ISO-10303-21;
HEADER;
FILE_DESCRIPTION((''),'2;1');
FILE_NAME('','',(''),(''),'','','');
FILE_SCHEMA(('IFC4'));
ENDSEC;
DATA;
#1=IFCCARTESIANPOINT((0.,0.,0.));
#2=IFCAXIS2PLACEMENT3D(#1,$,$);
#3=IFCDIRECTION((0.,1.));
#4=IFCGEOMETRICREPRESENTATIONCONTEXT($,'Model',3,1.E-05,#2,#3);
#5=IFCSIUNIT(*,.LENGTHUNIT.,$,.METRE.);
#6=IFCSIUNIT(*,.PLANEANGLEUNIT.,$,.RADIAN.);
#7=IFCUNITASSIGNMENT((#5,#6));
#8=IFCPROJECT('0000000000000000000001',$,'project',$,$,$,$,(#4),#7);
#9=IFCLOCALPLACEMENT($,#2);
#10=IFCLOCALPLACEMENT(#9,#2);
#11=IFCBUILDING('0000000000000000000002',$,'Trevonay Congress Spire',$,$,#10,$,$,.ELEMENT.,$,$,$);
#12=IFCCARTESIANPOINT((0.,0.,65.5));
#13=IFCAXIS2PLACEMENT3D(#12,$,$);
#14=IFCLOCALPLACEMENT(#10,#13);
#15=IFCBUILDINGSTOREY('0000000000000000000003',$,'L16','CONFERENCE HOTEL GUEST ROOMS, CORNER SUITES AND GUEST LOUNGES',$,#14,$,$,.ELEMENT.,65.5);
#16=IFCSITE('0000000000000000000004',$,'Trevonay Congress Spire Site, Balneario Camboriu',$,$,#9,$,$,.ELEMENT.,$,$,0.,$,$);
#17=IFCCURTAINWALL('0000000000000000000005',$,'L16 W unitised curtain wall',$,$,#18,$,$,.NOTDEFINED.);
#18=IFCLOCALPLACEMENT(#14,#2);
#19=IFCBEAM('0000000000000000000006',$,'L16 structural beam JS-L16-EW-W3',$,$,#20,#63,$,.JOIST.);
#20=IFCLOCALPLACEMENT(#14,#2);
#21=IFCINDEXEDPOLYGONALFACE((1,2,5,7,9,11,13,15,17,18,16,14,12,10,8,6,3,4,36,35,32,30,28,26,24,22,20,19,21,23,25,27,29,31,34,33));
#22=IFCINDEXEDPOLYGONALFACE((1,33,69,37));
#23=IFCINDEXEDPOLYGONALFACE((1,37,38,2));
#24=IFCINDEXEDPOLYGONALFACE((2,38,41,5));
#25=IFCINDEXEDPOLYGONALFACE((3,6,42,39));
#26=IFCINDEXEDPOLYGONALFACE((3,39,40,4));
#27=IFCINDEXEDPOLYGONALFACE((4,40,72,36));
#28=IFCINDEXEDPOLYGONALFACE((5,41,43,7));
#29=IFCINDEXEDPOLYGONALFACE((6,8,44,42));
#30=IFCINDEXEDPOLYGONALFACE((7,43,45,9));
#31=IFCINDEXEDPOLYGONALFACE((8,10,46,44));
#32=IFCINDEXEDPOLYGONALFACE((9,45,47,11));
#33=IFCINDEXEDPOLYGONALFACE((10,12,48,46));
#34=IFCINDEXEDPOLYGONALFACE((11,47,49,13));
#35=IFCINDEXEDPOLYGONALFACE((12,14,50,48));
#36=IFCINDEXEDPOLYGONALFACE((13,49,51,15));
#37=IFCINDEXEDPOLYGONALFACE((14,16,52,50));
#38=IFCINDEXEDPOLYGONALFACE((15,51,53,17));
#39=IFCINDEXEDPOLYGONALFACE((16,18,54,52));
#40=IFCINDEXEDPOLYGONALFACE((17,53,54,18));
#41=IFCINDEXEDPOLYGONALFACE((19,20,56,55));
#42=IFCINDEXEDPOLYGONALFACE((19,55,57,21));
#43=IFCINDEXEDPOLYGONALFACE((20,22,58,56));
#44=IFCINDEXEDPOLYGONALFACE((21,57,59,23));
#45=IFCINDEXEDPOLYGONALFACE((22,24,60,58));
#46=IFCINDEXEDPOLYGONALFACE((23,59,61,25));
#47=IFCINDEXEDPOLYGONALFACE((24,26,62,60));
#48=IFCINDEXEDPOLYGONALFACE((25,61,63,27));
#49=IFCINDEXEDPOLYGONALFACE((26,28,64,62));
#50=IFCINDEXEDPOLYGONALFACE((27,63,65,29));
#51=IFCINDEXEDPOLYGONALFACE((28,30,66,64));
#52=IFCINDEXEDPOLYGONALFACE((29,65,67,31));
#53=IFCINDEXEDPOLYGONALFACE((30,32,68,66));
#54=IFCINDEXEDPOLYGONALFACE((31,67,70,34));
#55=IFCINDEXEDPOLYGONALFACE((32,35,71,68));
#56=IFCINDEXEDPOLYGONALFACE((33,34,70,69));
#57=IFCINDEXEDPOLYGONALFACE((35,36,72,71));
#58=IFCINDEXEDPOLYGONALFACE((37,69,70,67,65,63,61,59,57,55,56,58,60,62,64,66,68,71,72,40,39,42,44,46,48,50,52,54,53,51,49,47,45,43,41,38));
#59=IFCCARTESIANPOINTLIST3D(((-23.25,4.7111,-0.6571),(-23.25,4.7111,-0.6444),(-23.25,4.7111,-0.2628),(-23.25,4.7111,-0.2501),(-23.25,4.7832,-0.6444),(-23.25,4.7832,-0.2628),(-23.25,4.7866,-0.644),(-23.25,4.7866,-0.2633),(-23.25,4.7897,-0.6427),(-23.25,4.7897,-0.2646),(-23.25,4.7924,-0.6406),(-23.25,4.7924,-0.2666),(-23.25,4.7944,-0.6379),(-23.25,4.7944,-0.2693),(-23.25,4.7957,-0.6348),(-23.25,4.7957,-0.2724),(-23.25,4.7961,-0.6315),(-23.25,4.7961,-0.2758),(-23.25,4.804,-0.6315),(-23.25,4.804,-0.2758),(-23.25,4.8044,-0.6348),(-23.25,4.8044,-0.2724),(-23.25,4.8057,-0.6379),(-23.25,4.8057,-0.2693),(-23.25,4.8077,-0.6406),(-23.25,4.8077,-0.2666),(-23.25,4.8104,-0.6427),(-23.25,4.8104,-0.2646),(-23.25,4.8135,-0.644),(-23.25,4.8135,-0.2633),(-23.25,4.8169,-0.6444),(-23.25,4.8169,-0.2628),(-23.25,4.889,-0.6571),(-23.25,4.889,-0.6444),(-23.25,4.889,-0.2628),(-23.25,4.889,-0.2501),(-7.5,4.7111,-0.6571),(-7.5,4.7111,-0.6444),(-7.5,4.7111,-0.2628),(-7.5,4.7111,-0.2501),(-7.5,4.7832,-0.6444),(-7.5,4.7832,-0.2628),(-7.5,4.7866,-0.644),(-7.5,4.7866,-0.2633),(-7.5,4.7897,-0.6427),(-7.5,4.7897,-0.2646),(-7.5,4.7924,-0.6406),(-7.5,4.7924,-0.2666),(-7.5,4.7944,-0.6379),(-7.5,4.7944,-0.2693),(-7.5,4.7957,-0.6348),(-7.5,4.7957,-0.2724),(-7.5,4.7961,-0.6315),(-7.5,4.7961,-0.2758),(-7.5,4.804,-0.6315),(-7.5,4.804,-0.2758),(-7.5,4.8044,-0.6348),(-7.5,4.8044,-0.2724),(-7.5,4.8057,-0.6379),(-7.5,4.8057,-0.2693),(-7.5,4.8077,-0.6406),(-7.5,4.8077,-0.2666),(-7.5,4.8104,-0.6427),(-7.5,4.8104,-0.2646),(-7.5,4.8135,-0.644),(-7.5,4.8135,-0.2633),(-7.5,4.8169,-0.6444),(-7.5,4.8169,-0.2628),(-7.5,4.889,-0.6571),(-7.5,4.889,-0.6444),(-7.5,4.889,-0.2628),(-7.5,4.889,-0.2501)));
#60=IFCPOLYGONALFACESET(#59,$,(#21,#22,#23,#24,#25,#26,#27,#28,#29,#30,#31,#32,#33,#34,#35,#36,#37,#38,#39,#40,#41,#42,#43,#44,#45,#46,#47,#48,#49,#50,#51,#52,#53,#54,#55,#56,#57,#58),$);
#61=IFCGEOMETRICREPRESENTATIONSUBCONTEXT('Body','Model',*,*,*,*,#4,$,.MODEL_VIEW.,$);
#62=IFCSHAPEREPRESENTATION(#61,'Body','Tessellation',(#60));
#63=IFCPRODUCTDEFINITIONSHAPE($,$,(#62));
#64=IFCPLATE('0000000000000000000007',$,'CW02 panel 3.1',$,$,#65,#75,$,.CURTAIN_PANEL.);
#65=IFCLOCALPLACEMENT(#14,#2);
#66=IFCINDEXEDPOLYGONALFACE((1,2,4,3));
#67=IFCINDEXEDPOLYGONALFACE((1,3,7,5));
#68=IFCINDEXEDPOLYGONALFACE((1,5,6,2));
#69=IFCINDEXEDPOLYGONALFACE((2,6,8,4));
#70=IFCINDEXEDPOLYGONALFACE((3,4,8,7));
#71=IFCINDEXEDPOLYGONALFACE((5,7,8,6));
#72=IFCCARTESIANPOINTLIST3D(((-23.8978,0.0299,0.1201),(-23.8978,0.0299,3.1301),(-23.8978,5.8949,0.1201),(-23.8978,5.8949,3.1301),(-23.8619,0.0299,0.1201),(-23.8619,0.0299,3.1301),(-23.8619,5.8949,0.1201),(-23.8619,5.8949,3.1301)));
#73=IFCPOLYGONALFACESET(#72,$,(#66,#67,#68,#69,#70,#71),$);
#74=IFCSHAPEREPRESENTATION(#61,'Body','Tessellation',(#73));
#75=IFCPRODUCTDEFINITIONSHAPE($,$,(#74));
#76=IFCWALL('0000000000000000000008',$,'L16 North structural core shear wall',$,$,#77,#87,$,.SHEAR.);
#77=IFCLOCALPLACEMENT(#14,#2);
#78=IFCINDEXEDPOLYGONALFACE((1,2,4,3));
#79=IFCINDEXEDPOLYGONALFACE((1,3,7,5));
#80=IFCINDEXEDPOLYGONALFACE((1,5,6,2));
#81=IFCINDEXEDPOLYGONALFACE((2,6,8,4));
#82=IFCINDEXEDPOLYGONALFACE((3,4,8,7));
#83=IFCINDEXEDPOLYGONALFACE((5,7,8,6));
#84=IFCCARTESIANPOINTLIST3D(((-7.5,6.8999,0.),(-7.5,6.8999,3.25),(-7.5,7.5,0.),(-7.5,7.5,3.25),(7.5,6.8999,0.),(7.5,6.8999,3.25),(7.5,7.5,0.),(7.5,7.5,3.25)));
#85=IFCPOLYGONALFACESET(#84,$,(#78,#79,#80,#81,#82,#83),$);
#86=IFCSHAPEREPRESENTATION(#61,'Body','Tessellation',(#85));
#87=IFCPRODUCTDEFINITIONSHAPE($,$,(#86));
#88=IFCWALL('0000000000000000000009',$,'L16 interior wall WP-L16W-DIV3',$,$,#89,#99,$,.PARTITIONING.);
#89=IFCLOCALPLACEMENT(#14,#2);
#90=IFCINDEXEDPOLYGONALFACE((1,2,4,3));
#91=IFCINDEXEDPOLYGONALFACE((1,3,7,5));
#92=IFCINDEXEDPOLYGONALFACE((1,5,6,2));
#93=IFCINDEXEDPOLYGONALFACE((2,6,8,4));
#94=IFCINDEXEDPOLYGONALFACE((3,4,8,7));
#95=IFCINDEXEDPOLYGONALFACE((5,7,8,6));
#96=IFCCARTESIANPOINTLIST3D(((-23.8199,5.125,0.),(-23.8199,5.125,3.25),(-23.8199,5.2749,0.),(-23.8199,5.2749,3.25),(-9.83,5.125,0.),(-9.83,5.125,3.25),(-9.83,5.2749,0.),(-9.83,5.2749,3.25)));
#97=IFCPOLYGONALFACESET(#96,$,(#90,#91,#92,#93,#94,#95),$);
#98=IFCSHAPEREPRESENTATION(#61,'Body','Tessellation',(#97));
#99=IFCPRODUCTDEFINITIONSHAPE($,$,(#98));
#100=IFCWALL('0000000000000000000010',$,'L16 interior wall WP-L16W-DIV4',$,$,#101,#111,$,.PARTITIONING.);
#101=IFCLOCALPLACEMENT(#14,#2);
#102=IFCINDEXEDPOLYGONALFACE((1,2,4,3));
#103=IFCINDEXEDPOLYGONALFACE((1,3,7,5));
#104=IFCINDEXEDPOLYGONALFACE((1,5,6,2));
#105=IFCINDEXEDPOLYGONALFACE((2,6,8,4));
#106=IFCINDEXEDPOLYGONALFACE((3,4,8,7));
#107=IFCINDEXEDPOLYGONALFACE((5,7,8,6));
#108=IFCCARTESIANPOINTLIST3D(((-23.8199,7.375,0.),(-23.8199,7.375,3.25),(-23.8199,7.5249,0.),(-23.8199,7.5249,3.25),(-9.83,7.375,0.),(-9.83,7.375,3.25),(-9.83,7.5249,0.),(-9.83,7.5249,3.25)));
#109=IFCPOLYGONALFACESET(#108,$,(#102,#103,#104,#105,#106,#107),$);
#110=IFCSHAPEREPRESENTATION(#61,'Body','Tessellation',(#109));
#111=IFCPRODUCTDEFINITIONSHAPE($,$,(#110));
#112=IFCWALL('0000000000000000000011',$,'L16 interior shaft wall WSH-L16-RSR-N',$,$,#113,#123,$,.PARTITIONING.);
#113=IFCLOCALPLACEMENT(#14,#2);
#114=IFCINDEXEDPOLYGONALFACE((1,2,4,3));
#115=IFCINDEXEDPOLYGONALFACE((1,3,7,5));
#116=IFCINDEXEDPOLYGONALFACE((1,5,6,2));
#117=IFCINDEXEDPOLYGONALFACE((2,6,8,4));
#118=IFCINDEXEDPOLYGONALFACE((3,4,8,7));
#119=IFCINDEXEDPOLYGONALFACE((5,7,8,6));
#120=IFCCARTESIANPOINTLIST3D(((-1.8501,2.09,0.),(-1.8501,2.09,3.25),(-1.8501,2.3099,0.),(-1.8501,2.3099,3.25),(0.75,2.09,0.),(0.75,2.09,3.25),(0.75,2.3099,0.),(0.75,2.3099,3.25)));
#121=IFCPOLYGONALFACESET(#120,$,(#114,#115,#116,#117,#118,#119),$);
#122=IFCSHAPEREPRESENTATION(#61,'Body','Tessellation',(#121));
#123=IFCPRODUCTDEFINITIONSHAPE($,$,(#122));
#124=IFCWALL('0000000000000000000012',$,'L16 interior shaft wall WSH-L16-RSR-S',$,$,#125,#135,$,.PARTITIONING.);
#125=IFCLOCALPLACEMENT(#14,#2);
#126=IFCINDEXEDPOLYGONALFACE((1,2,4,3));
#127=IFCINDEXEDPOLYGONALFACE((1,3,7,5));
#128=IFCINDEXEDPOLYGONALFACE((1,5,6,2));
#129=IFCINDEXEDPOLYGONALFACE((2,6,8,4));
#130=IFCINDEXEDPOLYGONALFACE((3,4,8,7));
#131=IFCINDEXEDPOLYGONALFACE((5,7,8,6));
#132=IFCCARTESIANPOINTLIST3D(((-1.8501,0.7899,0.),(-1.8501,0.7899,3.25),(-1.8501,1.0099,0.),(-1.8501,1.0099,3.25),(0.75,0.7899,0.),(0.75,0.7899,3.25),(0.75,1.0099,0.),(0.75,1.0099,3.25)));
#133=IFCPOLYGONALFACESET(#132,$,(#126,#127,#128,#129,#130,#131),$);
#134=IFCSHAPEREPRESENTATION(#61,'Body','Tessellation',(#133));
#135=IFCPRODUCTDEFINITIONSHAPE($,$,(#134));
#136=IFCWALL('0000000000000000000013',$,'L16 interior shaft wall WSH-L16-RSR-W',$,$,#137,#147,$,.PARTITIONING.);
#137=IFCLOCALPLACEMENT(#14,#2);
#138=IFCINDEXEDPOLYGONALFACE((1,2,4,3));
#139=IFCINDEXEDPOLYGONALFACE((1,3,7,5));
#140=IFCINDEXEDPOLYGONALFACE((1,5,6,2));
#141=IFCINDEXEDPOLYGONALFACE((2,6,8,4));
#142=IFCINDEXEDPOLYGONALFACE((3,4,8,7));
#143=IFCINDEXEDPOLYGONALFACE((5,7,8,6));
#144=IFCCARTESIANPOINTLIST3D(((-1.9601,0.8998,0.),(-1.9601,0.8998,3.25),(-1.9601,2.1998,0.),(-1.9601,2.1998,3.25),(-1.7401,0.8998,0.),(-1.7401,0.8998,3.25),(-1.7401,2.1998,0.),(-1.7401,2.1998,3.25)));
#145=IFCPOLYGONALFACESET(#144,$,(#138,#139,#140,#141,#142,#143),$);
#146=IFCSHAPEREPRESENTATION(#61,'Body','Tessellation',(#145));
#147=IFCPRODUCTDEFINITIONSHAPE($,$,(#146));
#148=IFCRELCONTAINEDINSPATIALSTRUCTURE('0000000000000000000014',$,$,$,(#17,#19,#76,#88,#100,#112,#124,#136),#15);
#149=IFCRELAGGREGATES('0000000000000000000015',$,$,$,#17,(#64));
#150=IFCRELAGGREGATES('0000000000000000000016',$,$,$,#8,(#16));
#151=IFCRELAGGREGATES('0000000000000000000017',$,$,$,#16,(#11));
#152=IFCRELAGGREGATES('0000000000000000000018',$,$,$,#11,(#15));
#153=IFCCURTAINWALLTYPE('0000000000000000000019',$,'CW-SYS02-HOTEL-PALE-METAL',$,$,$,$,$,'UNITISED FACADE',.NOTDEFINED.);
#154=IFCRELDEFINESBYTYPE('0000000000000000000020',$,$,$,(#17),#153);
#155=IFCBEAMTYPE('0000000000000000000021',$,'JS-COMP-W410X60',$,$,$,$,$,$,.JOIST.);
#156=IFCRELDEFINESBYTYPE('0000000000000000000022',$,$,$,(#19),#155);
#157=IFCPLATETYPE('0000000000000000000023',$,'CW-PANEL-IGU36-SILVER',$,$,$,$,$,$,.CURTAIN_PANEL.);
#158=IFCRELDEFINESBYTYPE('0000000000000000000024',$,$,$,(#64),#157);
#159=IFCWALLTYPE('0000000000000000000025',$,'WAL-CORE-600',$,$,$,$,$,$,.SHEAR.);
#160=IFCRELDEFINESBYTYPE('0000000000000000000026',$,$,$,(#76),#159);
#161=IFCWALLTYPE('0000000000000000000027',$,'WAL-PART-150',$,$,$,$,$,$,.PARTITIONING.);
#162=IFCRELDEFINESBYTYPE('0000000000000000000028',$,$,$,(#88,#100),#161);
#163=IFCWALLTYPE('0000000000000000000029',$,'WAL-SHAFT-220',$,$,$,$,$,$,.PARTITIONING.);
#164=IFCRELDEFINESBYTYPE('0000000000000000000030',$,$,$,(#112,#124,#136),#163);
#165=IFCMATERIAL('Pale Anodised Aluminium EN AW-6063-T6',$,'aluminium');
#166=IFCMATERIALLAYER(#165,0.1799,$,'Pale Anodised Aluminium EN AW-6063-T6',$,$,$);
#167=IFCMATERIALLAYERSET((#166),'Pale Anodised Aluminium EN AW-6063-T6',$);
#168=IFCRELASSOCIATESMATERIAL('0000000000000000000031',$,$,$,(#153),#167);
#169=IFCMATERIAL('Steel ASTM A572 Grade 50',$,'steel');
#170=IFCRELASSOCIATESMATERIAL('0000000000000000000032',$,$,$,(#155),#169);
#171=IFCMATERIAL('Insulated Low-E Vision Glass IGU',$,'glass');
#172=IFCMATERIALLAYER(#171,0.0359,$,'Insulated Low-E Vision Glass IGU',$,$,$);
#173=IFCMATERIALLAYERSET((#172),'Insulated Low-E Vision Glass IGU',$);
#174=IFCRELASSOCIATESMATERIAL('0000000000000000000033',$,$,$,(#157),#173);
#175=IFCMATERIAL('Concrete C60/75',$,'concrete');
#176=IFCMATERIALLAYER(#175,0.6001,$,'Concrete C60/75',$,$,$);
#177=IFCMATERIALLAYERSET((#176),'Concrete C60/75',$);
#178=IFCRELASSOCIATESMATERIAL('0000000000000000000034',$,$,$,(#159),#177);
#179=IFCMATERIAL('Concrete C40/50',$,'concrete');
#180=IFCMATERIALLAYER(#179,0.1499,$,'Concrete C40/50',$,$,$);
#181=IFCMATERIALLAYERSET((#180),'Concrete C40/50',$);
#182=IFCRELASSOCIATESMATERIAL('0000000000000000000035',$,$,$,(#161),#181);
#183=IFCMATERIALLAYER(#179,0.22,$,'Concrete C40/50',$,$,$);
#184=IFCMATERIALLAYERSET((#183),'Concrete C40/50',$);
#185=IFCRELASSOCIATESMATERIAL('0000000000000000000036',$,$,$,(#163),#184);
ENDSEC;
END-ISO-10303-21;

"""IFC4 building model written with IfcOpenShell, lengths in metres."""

from ifc_helpers import new_model, si_unit, direction, frame, frame_2d, origin, origin_2d, place, context, subcontext, project, spatial, rectangle, i_section, extrude, material, layer, layer_set, material_profile, profile_set, type_object, element, aggregate, save


model = new_model("IFC4")

# Units and contexts
model_context = context("Model", 3, precision=1e-05, world=origin(), true_north=direction((0.0, 1.0)))
body_context = subcontext(model_context, "Body", "Model", "MODEL_VIEW")
ifc_project = project(units=[si_unit("LENGTHUNIT", "METRE"), si_unit("PLANEANGLEUNIT", "RADIAN")], contexts=[model_context])

# Site, building, storey
site_placement = place(None, origin())
site = spatial("IfcSite", under=ifc_project, at=site_placement, Name="Trevonay Congress Spire Site, Balneario Camboriu", CompositionType="ELEMENT", RefElevation=0.0)
building_placement = place(site_placement, origin())
building = spatial("IfcBuilding", under=site, at=building_placement, Name="Trevonay Congress Spire", CompositionType="ELEMENT")
storey_placement = place(building_placement, frame((0.0, 0.0, 65.5)))
storey = spatial("IfcBuildingStorey", under=building, at=storey_placement, Name="L16", Description="CONFERENCE HOTEL GUEST ROOMS, CORNER SUITES AND GUEST LOUNGES", CompositionType="ELEMENT", Elevation=65.5)

# Shared definitions
ifc_material_1 = material(Name="Steel ASTM A572 Grade 50", Category="steel")

# Curtain wall
ifc_material_2 = material(Name="Pale Anodised Aluminium EN AW-6063-T6", Category="aluminium")
ifc_layer_1 = layer(ifc_material_2, 0.1799, Name="Pale Anodised Aluminium EN AW-6063-T6")
ifc_layer_set_1 = layer_set([ifc_layer_1], Name="Pale Anodised Aluminium EN AW-6063-T6")
curtain_wall_type = type_object("IfcCurtainWallType", Name="CW-SYS02-HOTEL-PALE-METAL", ElementType="UNITISED FACADE", PredefinedType="NOTDEFINED", material=ifc_layer_set_1)
curtain_wall_placement = place(storey_placement, origin())
curtain_wall = element("IfcCurtainWall", 1, at=curtain_wall_placement, inside=storey, type_object=curtain_wall_type, Name="L16 W unitised curtain wall", PredefinedType="NOTDEFINED")

# Beam
ifc_material_profile_1 = material_profile(ifc_material_1, i_section(OverallWidth=0.178, OverallDepth=0.407, WebThickness=0.0078, FlangeThickness=0.0127, FilletRadius=0.0129, at=origin_2d()), Name="W410x60")
ifc_profile_set_1 = profile_set([ifc_material_profile_1], Name="Steel ASTM A572 Grade 50")
beam_type_1 = type_object("IfcBeamType", Name="JS-COMP-W410X60", PredefinedType="JOIST", material=ifc_profile_set_1)
beam_1_placement = place(storey_placement, frame((-23.25, 4.8, -0.4536), z_axis=(1.0, 0.0, 0.0), x_axis=(0.0, 1.0, 0.0)))
element("IfcBeam", 2, at=beam_1_placement, inside=storey, type_object=beam_type_1, Name="L16 structural beam JS-L16-EW-W3", PredefinedType="JOIST", context=body_context, shape_type="SweptSolid", body=[
    extrude(i_section(OverallWidth=0.178, OverallDepth=0.407, WebThickness=0.0078, FlangeThickness=0.0127, FilletRadius=0.0129, at=origin_2d()), origin(), (0.0, 0.0, 1.0), 15.75),
])

# Plate
ifc_material_3 = material(Name="Insulated Low-E Vision Glass IGU", Category="glass")
ifc_layer_2 = layer(ifc_material_3, 0.0359, Name="Insulated Low-E Vision Glass IGU")
ifc_layer_set_2 = layer_set([ifc_layer_2], Name="Insulated Low-E Vision Glass IGU")
plate_type = type_object("IfcPlateType", Name="CW-PANEL-IGU36-SILVER", PredefinedType="CURTAIN_PANEL", material=ifc_layer_set_2)
plate_placement = place(storey_placement, frame((-23.8799, 2.9624, 0.1201), z_axis=(0.0, 0.0, 1.0), x_axis=(0.0, 1.0, 0.0)))
plate = element("IfcPlate", 3, at=plate_placement, type_object=plate_type, Name="CW02 panel 3.1", PredefinedType="CURTAIN_PANEL", context=body_context, shape_type="SweptSolid", body=[
    extrude(rectangle(XDim=5.865, YDim=0.0359, at=origin_2d()), origin(), (0.0, 0.0, 1.0), 3.01),
])
aggregate(curtain_wall, [plate])

# Walls
ifc_material_4 = material(Name="Concrete C60/75", Category="concrete")
ifc_layer_3 = layer(ifc_material_4, 0.6001, Name="Concrete C60/75")
ifc_layer_set_3 = layer_set([ifc_layer_3], Name="Concrete C60/75")
wall_type_1 = type_object("IfcWallType", Name="WAL-CORE-600", PredefinedType="SHEAR", material=ifc_layer_set_3)
wall_1_placement = place(storey_placement, frame((-7.5, 7.2, 0.0), z_axis=(0.0, 0.0, 1.0), x_axis=(1.0, 0.0, 0.0)))
element("IfcWall", 4, at=wall_1_placement, inside=storey, type_object=wall_type_1, Name="L16 North structural core shear wall", PredefinedType="SHEAR", context=body_context, shape_type="SweptSolid", body=[
    extrude(rectangle(XDim=15.0, YDim=0.6001, at=frame_2d((7.5, 0.0))), origin(), (0.0, 0.0, 1.0), 3.25),
])
ifc_material_5 = material(Name="Concrete C40/50", Category="concrete")
ifc_layer_4 = layer(ifc_material_5, 0.1499, Name="Concrete C40/50")
ifc_layer_set_4 = layer_set([ifc_layer_4], Name="Concrete C40/50")
wall_type_2 = type_object("IfcWallType", Name="WAL-PART-150", PredefinedType="PARTITIONING", material=ifc_layer_set_4)
for number, where, z_axis, x_axis, name in (
    (5, (-23.8201, 5.2, 0.0), (0.0, 0.0, 1.0), (1.0, 0.0, 0.0), "L16 interior wall WP-L16W-DIV3"),
    (6, (-23.8201, 7.45, 0.0), (0.0, 0.0, 1.0), (1.0, 0.0, 0.0), "L16 interior wall WP-L16W-DIV4"),
):
    element("IfcWall", number, at=place(storey_placement, frame(where, z_axis=z_axis, x_axis=x_axis)), inside=storey, type_object=wall_type_2, Name=name, PredefinedType="PARTITIONING", context=body_context, shape_type="SweptSolid", body=[
        extrude(rectangle(XDim=13.99, YDim=0.1499, at=frame_2d((6.9951, 0.0))), origin(), (0.0, 0.0, 1.0), 3.25),
    ])
ifc_layer_5 = layer(ifc_material_5, 0.22, Name="Concrete C40/50")
ifc_layer_set_5 = layer_set([ifc_layer_5], Name="Concrete C40/50")
wall_type_3 = type_object("IfcWallType", Name="WAL-SHAFT-220", PredefinedType="PARTITIONING", material=ifc_layer_set_5)
for number, where, z_axis, x_axis, name in (
    (7, (-1.8501, 2.2, 0.0), (0.0, 0.0, 1.0), (1.0, 0.0, 0.0), "L16 interior shaft wall WSH-L16-RSR-N"),
    (8, (-1.8501, 0.8999, 0.0), (0.0, 0.0, 1.0), (1.0, 0.0, 0.0), "L16 interior shaft wall WSH-L16-RSR-S"),
):
    element("IfcWall", number, at=place(storey_placement, frame(where, z_axis=z_axis, x_axis=x_axis)), inside=storey, type_object=wall_type_3, Name=name, PredefinedType="PARTITIONING", context=body_context, shape_type="SweptSolid", body=[
        extrude(rectangle(XDim=2.6001, YDim=0.22, at=frame_2d((1.3, 0.0))), origin(), (0.0, 0.0, 1.0), 3.25),
    ])
wall_2_placement = place(storey_placement, frame((-1.8501, 0.8999, 0.0), z_axis=(0.0, 0.0, 1.0), x_axis=(0.0, 1.0, 0.0)))
element("IfcWall", 9, at=wall_2_placement, inside=storey, type_object=wall_type_3, Name="L16 interior shaft wall WSH-L16-RSR-W", PredefinedType="PARTITIONING", context=body_context, shape_type="SweptSolid", body=[
    extrude(rectangle(XDim=1.3, YDim=0.22, at=frame_2d((0.6499, 0.0))), origin(), (0.0, 0.0, 1.0), 3.25),
])

save(model, "model.ifc")
